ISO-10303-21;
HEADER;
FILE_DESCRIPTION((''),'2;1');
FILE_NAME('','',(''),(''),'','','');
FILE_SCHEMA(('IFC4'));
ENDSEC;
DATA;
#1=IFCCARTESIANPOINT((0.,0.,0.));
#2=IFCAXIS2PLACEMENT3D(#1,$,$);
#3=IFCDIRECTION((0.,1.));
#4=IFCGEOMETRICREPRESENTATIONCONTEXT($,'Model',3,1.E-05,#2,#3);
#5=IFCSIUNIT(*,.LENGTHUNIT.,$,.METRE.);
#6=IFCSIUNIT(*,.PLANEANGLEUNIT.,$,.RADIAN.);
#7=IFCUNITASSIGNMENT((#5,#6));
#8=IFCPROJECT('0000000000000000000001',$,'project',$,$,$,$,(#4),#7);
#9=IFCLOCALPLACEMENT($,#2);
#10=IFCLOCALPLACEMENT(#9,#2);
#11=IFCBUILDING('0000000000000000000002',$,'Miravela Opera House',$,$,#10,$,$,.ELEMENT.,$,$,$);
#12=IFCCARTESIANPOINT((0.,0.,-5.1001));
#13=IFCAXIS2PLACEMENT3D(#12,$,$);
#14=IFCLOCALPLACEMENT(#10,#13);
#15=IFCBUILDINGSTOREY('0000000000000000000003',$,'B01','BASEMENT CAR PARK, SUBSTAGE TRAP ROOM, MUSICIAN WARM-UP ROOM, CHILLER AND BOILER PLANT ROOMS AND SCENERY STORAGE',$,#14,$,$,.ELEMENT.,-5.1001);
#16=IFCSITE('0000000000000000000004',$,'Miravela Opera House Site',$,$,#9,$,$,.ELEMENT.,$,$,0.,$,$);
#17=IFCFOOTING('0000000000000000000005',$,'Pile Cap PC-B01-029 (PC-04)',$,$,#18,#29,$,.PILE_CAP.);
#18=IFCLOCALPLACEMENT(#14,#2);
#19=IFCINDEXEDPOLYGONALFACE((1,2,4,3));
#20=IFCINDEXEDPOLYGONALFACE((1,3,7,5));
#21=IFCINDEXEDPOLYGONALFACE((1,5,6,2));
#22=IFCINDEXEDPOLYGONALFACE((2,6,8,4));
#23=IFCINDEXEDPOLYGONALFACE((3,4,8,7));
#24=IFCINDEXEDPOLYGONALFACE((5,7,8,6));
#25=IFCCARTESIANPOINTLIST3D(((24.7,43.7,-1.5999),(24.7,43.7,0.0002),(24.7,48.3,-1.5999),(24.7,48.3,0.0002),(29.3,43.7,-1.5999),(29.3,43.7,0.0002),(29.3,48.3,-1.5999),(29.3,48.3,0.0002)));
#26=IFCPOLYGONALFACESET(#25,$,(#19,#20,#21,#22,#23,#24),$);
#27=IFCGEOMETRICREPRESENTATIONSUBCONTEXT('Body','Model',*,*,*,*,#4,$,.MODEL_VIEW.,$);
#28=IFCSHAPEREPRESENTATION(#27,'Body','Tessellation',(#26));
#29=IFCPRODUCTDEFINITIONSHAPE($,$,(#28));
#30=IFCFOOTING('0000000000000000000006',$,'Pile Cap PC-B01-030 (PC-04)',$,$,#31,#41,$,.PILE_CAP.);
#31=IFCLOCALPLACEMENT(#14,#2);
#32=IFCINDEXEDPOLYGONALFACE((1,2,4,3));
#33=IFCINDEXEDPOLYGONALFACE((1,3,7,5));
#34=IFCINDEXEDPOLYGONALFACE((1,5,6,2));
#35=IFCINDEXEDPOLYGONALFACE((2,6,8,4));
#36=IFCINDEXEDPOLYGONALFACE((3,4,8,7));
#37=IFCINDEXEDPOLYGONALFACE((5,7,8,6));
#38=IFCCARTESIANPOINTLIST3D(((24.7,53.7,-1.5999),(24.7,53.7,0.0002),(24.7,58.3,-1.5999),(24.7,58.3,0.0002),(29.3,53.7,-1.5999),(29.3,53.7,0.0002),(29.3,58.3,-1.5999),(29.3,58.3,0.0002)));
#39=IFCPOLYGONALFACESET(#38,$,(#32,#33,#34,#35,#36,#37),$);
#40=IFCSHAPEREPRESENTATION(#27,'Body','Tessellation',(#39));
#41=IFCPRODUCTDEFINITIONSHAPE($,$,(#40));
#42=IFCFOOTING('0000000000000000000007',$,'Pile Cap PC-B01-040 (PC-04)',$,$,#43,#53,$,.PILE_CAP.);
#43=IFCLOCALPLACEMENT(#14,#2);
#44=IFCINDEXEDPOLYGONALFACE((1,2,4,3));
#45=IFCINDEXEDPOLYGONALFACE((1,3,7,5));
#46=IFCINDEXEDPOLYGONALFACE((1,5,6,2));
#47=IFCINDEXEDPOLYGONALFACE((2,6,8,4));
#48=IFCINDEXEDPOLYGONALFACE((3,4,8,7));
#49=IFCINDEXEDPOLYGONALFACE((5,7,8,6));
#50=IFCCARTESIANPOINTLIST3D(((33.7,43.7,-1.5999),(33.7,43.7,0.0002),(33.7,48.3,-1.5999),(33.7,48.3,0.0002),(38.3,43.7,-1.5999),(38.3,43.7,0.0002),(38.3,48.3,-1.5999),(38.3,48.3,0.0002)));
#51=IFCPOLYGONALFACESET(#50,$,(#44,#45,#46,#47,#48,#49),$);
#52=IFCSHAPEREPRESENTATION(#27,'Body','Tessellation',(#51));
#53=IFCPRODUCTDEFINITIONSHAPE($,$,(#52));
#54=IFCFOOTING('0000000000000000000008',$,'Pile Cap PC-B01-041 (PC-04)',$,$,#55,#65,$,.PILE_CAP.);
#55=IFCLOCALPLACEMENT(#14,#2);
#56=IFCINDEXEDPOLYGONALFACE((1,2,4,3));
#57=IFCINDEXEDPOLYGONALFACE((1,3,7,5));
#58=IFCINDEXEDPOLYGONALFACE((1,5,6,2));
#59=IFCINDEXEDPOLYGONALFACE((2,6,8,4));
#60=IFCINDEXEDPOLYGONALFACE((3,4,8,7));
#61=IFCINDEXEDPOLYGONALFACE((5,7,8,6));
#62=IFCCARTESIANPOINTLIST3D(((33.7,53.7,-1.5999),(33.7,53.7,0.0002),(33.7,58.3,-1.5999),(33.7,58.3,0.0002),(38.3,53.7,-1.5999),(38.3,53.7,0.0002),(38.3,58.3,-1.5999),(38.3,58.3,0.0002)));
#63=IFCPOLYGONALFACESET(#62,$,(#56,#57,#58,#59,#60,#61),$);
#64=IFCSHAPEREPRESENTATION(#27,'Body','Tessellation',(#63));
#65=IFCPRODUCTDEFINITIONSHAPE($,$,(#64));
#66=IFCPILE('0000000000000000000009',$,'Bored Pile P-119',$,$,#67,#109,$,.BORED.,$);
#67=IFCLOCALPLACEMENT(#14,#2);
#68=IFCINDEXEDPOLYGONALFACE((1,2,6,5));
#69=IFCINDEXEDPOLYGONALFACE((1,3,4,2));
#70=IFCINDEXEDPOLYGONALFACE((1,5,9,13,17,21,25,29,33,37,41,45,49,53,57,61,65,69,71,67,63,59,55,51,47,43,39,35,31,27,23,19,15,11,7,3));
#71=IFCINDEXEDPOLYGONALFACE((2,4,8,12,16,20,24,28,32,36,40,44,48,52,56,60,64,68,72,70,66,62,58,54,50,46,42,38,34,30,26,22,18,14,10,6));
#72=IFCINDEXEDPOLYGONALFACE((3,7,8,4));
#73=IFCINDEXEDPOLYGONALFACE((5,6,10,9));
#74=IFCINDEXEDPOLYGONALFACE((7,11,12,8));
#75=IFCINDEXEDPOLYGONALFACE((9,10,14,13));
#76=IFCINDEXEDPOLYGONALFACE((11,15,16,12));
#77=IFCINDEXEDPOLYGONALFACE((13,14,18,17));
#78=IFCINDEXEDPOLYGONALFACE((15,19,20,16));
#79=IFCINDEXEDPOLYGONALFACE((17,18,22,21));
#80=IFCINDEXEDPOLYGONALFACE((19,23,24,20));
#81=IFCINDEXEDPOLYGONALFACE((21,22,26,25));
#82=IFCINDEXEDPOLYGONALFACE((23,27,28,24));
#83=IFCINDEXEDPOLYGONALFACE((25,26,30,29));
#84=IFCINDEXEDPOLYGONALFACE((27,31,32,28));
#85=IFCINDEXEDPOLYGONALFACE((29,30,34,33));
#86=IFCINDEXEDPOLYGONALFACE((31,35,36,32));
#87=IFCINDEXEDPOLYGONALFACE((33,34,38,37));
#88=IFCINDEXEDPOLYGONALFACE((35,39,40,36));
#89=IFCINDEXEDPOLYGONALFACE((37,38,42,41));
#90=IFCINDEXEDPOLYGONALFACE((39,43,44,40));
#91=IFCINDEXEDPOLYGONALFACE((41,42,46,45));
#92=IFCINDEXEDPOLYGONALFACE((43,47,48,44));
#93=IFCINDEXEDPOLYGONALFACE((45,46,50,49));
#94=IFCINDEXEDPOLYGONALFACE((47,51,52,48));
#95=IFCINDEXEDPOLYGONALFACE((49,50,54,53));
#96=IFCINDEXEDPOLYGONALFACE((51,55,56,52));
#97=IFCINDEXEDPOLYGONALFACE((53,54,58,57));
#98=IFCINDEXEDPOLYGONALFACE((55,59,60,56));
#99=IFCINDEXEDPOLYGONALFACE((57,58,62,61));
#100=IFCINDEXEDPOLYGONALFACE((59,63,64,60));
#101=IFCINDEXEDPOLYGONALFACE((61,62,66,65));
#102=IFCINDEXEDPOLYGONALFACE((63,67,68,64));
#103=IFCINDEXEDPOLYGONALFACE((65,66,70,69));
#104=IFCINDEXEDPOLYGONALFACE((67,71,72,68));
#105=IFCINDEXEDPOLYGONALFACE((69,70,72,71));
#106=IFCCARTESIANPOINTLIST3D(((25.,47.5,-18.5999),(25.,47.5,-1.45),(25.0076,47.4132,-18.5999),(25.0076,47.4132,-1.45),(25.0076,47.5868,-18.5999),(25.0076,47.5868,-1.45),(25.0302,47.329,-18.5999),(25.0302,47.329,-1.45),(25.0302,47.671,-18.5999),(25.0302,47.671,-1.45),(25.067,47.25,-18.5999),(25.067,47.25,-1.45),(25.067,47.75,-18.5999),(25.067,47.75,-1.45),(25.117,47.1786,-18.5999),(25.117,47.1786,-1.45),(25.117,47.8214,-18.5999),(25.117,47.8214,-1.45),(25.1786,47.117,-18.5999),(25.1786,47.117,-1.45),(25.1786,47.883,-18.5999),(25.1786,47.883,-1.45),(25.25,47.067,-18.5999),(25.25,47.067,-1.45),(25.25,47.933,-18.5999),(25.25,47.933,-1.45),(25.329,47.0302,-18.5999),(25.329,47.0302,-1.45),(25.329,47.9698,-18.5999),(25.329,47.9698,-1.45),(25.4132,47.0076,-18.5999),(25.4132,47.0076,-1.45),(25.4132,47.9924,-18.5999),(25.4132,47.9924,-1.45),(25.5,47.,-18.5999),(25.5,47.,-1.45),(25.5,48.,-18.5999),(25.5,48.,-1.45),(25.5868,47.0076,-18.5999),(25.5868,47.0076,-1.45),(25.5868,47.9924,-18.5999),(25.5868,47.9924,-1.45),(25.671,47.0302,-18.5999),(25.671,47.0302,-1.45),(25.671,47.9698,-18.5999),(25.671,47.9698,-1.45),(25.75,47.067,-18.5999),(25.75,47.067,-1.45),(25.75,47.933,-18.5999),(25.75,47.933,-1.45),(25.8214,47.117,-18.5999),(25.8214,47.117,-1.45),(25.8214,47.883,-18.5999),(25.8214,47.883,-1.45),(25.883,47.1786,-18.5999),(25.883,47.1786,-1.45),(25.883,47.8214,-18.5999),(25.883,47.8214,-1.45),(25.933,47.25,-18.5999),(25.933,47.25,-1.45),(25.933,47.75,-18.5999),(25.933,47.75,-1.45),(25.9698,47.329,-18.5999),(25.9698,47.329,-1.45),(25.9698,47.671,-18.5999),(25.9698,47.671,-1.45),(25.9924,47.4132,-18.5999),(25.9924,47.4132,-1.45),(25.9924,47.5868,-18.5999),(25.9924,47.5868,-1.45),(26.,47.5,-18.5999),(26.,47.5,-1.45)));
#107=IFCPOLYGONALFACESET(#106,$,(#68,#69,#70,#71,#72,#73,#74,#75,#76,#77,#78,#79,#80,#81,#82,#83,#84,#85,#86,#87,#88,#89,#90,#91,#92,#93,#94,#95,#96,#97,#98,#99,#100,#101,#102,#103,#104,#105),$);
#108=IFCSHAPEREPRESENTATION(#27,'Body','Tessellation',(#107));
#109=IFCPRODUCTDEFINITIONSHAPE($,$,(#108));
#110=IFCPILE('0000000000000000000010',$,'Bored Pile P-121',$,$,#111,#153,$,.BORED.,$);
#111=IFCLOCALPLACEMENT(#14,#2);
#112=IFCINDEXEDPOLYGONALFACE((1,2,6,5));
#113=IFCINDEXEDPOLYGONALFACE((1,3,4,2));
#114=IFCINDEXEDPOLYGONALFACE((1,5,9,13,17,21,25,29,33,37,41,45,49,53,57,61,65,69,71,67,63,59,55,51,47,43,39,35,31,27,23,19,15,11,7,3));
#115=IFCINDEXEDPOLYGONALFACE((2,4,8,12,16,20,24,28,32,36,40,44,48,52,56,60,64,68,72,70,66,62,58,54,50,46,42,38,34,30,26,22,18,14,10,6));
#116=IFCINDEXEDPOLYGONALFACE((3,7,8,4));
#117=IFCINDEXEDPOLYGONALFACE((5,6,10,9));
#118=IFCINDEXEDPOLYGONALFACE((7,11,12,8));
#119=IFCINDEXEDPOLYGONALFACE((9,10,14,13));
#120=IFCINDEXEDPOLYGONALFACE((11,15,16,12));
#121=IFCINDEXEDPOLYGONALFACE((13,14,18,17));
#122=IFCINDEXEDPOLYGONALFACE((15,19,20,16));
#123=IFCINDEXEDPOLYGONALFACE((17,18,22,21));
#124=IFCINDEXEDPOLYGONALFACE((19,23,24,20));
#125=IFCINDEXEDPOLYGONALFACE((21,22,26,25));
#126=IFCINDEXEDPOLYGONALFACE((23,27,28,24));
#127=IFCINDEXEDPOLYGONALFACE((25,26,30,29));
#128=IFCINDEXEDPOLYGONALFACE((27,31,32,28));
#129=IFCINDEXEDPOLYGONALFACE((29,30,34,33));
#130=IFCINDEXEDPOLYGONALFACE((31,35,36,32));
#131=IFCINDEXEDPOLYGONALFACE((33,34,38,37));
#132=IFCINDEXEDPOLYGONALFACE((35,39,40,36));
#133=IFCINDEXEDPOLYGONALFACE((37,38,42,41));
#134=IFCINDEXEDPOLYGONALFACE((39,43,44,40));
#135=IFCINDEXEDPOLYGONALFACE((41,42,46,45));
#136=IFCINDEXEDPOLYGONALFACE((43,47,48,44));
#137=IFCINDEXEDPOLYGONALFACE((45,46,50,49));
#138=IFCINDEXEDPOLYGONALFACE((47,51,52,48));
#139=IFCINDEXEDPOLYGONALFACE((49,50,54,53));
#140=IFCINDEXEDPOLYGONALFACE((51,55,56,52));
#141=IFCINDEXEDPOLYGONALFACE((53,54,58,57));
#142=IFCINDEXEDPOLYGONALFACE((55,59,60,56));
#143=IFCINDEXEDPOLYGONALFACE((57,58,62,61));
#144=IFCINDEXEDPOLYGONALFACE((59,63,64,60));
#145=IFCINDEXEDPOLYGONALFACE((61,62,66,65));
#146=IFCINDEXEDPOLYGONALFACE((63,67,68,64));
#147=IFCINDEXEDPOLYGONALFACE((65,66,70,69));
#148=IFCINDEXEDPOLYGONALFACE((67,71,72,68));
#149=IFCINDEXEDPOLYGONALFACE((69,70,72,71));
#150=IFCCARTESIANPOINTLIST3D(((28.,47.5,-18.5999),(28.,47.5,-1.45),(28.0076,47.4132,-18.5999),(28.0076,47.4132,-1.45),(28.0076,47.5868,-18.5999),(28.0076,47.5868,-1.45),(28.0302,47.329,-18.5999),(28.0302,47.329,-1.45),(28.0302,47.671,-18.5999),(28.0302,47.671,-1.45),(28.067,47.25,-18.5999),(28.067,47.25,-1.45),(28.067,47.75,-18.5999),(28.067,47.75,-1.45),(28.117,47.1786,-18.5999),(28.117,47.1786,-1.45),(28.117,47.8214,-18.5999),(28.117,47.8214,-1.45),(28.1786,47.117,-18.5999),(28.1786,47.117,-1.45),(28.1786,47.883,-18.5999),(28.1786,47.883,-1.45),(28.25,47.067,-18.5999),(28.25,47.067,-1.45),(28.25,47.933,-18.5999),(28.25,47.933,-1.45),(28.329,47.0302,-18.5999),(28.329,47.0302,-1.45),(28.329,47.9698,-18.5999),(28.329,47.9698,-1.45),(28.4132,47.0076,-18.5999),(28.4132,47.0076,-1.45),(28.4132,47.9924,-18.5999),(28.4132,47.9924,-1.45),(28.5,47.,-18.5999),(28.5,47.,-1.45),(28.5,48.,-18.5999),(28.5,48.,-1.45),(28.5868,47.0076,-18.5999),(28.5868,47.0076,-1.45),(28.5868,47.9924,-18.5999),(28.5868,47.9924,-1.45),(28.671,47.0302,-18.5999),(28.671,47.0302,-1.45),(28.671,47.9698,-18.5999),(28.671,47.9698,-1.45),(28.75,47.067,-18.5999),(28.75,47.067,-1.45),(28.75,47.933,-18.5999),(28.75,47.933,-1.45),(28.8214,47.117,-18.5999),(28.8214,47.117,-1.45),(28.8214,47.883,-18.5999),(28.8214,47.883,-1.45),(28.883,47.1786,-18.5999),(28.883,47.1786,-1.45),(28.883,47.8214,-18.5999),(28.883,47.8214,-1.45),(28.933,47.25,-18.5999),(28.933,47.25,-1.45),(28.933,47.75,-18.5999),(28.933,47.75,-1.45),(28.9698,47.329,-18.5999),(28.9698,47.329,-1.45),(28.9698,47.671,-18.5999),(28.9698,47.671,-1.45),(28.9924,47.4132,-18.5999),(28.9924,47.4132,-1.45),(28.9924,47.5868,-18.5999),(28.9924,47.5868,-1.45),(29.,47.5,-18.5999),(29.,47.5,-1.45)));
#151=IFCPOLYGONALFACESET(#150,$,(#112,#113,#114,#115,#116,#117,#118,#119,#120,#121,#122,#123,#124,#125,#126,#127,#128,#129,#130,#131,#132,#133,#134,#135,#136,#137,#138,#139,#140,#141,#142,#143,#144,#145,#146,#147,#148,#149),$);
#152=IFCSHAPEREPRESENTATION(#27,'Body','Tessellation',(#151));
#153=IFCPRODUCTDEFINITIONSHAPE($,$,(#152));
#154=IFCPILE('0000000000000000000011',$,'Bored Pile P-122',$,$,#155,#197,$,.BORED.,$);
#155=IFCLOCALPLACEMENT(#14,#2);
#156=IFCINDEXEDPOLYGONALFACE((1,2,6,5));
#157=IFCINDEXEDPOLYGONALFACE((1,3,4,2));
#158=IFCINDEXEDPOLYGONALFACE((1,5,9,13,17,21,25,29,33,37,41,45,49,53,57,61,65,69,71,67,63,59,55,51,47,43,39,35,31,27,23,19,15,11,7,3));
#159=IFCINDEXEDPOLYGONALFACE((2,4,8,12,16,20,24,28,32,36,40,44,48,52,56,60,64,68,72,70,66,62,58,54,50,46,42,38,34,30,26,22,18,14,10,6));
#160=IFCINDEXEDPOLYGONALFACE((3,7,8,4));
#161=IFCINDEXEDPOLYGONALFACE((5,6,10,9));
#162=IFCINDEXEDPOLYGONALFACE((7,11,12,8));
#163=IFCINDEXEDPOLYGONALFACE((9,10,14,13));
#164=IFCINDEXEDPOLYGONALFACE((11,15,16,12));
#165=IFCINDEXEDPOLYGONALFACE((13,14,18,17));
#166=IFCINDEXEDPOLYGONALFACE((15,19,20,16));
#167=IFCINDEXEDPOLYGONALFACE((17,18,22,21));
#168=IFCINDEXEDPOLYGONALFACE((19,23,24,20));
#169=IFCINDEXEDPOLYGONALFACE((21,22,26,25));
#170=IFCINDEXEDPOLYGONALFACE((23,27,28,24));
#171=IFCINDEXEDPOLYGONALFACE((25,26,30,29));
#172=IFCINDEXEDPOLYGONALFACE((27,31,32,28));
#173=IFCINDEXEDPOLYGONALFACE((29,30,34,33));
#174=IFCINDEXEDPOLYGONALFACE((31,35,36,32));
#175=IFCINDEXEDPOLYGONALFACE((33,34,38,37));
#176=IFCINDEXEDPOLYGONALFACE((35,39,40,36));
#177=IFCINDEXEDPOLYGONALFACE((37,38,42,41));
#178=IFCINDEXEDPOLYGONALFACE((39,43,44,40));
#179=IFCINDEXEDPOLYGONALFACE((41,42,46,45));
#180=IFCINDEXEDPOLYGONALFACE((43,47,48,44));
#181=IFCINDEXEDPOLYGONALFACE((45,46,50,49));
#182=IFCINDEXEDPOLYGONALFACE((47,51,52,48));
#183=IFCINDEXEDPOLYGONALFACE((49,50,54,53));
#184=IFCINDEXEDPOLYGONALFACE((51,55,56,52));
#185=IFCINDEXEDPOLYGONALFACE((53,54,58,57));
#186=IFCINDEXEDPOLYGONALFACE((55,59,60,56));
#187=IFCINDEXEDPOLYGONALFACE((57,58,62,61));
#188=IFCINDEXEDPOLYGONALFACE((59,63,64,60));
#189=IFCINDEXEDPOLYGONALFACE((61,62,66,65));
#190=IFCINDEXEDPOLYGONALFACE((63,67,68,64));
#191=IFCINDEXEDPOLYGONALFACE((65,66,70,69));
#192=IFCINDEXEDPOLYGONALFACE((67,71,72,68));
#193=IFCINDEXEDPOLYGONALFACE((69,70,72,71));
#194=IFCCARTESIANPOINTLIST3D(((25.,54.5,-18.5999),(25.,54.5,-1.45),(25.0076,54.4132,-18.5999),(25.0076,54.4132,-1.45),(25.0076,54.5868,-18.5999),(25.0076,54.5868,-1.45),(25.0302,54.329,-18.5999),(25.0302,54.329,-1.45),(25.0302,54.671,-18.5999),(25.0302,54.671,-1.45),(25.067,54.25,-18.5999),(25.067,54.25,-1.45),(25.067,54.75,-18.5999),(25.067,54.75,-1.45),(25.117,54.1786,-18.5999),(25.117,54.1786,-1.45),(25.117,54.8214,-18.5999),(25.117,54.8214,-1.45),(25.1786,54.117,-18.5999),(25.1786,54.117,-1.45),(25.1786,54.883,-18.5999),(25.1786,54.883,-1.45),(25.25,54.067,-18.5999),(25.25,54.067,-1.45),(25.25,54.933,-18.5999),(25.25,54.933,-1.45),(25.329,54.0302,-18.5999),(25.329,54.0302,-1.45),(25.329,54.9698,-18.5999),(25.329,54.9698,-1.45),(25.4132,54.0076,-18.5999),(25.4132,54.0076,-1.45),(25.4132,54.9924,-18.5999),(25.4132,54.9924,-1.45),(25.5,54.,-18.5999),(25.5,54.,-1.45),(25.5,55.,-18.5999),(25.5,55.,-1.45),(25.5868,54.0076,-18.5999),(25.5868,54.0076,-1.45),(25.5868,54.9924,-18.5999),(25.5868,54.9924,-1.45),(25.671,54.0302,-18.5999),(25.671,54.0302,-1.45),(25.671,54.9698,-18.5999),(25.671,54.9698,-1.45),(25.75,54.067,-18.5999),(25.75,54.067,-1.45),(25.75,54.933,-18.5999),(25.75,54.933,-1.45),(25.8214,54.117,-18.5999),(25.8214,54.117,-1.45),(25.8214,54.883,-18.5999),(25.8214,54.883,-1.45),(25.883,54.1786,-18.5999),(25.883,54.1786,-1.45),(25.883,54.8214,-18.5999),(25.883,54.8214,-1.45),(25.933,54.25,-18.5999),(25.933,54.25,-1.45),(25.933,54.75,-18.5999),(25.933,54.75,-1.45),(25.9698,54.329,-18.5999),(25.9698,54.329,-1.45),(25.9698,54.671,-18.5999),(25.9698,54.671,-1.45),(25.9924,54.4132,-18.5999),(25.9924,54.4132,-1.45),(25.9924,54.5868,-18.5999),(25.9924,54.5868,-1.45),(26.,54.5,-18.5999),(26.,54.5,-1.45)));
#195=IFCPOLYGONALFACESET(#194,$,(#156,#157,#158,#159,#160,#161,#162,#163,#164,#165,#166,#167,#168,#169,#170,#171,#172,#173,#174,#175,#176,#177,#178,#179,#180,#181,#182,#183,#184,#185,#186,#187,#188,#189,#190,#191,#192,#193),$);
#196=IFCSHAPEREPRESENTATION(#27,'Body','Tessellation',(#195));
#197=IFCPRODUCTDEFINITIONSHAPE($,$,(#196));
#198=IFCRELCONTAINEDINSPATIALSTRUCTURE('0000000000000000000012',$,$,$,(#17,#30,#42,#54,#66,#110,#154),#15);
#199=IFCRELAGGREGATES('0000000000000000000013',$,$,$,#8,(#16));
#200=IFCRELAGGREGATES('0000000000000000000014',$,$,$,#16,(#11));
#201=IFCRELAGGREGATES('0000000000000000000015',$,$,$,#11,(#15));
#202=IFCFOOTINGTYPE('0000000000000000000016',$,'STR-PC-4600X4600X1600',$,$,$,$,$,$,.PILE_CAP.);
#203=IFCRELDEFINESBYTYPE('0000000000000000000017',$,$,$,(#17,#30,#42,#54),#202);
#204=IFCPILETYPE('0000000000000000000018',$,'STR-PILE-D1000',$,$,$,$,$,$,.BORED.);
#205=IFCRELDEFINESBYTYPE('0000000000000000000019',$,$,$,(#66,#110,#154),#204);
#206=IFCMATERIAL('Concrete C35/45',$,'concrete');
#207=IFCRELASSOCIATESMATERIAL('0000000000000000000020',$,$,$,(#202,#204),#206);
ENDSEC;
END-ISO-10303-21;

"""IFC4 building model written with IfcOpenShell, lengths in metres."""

from ifc_helpers import new_model, si_unit, direction, frame, origin, origin_2d, place, context, subcontext, project, spatial, rectangle, circle, extrude, material, material_profile, profile_set, type_object, element, save


model = new_model("IFC4")

# Units and contexts
model_context = context("Model", 3, precision=1e-05, world=origin(), true_north=direction((0.0, 1.0)))
body_context = subcontext(model_context, "Body", "Model", "MODEL_VIEW")
ifc_project = project(units=[si_unit("LENGTHUNIT", "METRE"), si_unit("PLANEANGLEUNIT", "RADIAN")], contexts=[model_context])

# Site, building, storey
site_placement = place(None, origin())
site = spatial("IfcSite", under=ifc_project, at=site_placement, Name="Miravela Opera House Site", CompositionType="ELEMENT", RefElevation=0.0)
building_placement = place(site_placement, origin())
building = spatial("IfcBuilding", under=site, at=building_placement, Name="Miravela Opera House", CompositionType="ELEMENT")
storey_placement = place(building_placement, frame((0.0, 0.0, -5.1001)))
storey = spatial("IfcBuildingStorey", under=building, at=storey_placement, Name="B01", Description="BASEMENT CAR PARK, SUBSTAGE TRAP ROOM, MUSICIAN WARM-UP ROOM, CHILLER AND BOILER PLANT ROOMS AND SCENERY STORAGE", CompositionType="ELEMENT", Elevation=-5.1001)

# Footings
ifc_material_1 = material(Name="Concrete C35/45", Category="concrete")
footing_type = type_object("IfcFootingType", Name="STR-PC-4600X4600X1600", PredefinedType="PILE_CAP", material=ifc_material_1)
for number, where, z_axis, x_axis, name in (
    (1, (27.0, 46.0, -1.5999), (0.0, 0.0, 1.0), (1.0, 0.0, 0.0), "Pile Cap PC-B01-029 (PC-04)"),
    (2, (27.0, 56.0, -1.5999), (0.0, 0.0, 1.0), (1.0, 0.0, 0.0), "Pile Cap PC-B01-030 (PC-04)"),
    (3, (36.0, 46.0, -1.5999), (0.0, 0.0, 1.0), (1.0, 0.0, 0.0), "Pile Cap PC-B01-040 (PC-04)"),
    (4, (36.0, 56.0, -1.5999), (0.0, 0.0, 1.0), (1.0, 0.0, 0.0), "Pile Cap PC-B01-041 (PC-04)"),
):
    element("IfcFooting", number, at=place(storey_placement, frame(where, z_axis=z_axis, x_axis=x_axis)), inside=storey, type_object=footing_type, Name=name, PredefinedType="PILE_CAP", context=body_context, shape_type="SweptSolid", body=[
        extrude(rectangle(XDim=4.6001, YDim=4.6001, at=origin_2d()), origin(), (0.0, 0.0, 1.0), 1.6001),
    ])

# Piles
ifc_material_profile_1 = material_profile(ifc_material_1, circle(Radius=0.5, at=origin_2d()), Name="PILE-D1000")
ifc_profile_set_1 = profile_set([ifc_material_profile_1])
pile_type = type_object("IfcPileType", Name="STR-PILE-D1000", PredefinedType="BORED", material=ifc_profile_set_1)
for number, where, z_axis, x_axis, name in (
    (5, (25.5, 47.5, -1.45), (0.0, 0.0, -1.0), (1.0, 0.0, 0.0), "Bored Pile P-119"),
    (6, (28.5, 47.5, -1.45), (0.0, 0.0, -1.0), (1.0, 0.0, 0.0), "Bored Pile P-121"),
    (7, (25.5, 54.5, -1.45), (0.0, 0.0, -1.0), (1.0, 0.0, 0.0), "Bored Pile P-122"),
):
    element("IfcPile", number, at=place(storey_placement, frame(where, z_axis=z_axis, x_axis=x_axis)), inside=storey, type_object=pile_type, Name=name, PredefinedType="BORED", context=body_context, shape_type="SweptSolid", body=[
        extrude(circle(Radius=0.5, at=origin_2d()), origin(), (0.0, 0.0, 1.0), 17.1499),
    ])

save(model, "model.ifc")
